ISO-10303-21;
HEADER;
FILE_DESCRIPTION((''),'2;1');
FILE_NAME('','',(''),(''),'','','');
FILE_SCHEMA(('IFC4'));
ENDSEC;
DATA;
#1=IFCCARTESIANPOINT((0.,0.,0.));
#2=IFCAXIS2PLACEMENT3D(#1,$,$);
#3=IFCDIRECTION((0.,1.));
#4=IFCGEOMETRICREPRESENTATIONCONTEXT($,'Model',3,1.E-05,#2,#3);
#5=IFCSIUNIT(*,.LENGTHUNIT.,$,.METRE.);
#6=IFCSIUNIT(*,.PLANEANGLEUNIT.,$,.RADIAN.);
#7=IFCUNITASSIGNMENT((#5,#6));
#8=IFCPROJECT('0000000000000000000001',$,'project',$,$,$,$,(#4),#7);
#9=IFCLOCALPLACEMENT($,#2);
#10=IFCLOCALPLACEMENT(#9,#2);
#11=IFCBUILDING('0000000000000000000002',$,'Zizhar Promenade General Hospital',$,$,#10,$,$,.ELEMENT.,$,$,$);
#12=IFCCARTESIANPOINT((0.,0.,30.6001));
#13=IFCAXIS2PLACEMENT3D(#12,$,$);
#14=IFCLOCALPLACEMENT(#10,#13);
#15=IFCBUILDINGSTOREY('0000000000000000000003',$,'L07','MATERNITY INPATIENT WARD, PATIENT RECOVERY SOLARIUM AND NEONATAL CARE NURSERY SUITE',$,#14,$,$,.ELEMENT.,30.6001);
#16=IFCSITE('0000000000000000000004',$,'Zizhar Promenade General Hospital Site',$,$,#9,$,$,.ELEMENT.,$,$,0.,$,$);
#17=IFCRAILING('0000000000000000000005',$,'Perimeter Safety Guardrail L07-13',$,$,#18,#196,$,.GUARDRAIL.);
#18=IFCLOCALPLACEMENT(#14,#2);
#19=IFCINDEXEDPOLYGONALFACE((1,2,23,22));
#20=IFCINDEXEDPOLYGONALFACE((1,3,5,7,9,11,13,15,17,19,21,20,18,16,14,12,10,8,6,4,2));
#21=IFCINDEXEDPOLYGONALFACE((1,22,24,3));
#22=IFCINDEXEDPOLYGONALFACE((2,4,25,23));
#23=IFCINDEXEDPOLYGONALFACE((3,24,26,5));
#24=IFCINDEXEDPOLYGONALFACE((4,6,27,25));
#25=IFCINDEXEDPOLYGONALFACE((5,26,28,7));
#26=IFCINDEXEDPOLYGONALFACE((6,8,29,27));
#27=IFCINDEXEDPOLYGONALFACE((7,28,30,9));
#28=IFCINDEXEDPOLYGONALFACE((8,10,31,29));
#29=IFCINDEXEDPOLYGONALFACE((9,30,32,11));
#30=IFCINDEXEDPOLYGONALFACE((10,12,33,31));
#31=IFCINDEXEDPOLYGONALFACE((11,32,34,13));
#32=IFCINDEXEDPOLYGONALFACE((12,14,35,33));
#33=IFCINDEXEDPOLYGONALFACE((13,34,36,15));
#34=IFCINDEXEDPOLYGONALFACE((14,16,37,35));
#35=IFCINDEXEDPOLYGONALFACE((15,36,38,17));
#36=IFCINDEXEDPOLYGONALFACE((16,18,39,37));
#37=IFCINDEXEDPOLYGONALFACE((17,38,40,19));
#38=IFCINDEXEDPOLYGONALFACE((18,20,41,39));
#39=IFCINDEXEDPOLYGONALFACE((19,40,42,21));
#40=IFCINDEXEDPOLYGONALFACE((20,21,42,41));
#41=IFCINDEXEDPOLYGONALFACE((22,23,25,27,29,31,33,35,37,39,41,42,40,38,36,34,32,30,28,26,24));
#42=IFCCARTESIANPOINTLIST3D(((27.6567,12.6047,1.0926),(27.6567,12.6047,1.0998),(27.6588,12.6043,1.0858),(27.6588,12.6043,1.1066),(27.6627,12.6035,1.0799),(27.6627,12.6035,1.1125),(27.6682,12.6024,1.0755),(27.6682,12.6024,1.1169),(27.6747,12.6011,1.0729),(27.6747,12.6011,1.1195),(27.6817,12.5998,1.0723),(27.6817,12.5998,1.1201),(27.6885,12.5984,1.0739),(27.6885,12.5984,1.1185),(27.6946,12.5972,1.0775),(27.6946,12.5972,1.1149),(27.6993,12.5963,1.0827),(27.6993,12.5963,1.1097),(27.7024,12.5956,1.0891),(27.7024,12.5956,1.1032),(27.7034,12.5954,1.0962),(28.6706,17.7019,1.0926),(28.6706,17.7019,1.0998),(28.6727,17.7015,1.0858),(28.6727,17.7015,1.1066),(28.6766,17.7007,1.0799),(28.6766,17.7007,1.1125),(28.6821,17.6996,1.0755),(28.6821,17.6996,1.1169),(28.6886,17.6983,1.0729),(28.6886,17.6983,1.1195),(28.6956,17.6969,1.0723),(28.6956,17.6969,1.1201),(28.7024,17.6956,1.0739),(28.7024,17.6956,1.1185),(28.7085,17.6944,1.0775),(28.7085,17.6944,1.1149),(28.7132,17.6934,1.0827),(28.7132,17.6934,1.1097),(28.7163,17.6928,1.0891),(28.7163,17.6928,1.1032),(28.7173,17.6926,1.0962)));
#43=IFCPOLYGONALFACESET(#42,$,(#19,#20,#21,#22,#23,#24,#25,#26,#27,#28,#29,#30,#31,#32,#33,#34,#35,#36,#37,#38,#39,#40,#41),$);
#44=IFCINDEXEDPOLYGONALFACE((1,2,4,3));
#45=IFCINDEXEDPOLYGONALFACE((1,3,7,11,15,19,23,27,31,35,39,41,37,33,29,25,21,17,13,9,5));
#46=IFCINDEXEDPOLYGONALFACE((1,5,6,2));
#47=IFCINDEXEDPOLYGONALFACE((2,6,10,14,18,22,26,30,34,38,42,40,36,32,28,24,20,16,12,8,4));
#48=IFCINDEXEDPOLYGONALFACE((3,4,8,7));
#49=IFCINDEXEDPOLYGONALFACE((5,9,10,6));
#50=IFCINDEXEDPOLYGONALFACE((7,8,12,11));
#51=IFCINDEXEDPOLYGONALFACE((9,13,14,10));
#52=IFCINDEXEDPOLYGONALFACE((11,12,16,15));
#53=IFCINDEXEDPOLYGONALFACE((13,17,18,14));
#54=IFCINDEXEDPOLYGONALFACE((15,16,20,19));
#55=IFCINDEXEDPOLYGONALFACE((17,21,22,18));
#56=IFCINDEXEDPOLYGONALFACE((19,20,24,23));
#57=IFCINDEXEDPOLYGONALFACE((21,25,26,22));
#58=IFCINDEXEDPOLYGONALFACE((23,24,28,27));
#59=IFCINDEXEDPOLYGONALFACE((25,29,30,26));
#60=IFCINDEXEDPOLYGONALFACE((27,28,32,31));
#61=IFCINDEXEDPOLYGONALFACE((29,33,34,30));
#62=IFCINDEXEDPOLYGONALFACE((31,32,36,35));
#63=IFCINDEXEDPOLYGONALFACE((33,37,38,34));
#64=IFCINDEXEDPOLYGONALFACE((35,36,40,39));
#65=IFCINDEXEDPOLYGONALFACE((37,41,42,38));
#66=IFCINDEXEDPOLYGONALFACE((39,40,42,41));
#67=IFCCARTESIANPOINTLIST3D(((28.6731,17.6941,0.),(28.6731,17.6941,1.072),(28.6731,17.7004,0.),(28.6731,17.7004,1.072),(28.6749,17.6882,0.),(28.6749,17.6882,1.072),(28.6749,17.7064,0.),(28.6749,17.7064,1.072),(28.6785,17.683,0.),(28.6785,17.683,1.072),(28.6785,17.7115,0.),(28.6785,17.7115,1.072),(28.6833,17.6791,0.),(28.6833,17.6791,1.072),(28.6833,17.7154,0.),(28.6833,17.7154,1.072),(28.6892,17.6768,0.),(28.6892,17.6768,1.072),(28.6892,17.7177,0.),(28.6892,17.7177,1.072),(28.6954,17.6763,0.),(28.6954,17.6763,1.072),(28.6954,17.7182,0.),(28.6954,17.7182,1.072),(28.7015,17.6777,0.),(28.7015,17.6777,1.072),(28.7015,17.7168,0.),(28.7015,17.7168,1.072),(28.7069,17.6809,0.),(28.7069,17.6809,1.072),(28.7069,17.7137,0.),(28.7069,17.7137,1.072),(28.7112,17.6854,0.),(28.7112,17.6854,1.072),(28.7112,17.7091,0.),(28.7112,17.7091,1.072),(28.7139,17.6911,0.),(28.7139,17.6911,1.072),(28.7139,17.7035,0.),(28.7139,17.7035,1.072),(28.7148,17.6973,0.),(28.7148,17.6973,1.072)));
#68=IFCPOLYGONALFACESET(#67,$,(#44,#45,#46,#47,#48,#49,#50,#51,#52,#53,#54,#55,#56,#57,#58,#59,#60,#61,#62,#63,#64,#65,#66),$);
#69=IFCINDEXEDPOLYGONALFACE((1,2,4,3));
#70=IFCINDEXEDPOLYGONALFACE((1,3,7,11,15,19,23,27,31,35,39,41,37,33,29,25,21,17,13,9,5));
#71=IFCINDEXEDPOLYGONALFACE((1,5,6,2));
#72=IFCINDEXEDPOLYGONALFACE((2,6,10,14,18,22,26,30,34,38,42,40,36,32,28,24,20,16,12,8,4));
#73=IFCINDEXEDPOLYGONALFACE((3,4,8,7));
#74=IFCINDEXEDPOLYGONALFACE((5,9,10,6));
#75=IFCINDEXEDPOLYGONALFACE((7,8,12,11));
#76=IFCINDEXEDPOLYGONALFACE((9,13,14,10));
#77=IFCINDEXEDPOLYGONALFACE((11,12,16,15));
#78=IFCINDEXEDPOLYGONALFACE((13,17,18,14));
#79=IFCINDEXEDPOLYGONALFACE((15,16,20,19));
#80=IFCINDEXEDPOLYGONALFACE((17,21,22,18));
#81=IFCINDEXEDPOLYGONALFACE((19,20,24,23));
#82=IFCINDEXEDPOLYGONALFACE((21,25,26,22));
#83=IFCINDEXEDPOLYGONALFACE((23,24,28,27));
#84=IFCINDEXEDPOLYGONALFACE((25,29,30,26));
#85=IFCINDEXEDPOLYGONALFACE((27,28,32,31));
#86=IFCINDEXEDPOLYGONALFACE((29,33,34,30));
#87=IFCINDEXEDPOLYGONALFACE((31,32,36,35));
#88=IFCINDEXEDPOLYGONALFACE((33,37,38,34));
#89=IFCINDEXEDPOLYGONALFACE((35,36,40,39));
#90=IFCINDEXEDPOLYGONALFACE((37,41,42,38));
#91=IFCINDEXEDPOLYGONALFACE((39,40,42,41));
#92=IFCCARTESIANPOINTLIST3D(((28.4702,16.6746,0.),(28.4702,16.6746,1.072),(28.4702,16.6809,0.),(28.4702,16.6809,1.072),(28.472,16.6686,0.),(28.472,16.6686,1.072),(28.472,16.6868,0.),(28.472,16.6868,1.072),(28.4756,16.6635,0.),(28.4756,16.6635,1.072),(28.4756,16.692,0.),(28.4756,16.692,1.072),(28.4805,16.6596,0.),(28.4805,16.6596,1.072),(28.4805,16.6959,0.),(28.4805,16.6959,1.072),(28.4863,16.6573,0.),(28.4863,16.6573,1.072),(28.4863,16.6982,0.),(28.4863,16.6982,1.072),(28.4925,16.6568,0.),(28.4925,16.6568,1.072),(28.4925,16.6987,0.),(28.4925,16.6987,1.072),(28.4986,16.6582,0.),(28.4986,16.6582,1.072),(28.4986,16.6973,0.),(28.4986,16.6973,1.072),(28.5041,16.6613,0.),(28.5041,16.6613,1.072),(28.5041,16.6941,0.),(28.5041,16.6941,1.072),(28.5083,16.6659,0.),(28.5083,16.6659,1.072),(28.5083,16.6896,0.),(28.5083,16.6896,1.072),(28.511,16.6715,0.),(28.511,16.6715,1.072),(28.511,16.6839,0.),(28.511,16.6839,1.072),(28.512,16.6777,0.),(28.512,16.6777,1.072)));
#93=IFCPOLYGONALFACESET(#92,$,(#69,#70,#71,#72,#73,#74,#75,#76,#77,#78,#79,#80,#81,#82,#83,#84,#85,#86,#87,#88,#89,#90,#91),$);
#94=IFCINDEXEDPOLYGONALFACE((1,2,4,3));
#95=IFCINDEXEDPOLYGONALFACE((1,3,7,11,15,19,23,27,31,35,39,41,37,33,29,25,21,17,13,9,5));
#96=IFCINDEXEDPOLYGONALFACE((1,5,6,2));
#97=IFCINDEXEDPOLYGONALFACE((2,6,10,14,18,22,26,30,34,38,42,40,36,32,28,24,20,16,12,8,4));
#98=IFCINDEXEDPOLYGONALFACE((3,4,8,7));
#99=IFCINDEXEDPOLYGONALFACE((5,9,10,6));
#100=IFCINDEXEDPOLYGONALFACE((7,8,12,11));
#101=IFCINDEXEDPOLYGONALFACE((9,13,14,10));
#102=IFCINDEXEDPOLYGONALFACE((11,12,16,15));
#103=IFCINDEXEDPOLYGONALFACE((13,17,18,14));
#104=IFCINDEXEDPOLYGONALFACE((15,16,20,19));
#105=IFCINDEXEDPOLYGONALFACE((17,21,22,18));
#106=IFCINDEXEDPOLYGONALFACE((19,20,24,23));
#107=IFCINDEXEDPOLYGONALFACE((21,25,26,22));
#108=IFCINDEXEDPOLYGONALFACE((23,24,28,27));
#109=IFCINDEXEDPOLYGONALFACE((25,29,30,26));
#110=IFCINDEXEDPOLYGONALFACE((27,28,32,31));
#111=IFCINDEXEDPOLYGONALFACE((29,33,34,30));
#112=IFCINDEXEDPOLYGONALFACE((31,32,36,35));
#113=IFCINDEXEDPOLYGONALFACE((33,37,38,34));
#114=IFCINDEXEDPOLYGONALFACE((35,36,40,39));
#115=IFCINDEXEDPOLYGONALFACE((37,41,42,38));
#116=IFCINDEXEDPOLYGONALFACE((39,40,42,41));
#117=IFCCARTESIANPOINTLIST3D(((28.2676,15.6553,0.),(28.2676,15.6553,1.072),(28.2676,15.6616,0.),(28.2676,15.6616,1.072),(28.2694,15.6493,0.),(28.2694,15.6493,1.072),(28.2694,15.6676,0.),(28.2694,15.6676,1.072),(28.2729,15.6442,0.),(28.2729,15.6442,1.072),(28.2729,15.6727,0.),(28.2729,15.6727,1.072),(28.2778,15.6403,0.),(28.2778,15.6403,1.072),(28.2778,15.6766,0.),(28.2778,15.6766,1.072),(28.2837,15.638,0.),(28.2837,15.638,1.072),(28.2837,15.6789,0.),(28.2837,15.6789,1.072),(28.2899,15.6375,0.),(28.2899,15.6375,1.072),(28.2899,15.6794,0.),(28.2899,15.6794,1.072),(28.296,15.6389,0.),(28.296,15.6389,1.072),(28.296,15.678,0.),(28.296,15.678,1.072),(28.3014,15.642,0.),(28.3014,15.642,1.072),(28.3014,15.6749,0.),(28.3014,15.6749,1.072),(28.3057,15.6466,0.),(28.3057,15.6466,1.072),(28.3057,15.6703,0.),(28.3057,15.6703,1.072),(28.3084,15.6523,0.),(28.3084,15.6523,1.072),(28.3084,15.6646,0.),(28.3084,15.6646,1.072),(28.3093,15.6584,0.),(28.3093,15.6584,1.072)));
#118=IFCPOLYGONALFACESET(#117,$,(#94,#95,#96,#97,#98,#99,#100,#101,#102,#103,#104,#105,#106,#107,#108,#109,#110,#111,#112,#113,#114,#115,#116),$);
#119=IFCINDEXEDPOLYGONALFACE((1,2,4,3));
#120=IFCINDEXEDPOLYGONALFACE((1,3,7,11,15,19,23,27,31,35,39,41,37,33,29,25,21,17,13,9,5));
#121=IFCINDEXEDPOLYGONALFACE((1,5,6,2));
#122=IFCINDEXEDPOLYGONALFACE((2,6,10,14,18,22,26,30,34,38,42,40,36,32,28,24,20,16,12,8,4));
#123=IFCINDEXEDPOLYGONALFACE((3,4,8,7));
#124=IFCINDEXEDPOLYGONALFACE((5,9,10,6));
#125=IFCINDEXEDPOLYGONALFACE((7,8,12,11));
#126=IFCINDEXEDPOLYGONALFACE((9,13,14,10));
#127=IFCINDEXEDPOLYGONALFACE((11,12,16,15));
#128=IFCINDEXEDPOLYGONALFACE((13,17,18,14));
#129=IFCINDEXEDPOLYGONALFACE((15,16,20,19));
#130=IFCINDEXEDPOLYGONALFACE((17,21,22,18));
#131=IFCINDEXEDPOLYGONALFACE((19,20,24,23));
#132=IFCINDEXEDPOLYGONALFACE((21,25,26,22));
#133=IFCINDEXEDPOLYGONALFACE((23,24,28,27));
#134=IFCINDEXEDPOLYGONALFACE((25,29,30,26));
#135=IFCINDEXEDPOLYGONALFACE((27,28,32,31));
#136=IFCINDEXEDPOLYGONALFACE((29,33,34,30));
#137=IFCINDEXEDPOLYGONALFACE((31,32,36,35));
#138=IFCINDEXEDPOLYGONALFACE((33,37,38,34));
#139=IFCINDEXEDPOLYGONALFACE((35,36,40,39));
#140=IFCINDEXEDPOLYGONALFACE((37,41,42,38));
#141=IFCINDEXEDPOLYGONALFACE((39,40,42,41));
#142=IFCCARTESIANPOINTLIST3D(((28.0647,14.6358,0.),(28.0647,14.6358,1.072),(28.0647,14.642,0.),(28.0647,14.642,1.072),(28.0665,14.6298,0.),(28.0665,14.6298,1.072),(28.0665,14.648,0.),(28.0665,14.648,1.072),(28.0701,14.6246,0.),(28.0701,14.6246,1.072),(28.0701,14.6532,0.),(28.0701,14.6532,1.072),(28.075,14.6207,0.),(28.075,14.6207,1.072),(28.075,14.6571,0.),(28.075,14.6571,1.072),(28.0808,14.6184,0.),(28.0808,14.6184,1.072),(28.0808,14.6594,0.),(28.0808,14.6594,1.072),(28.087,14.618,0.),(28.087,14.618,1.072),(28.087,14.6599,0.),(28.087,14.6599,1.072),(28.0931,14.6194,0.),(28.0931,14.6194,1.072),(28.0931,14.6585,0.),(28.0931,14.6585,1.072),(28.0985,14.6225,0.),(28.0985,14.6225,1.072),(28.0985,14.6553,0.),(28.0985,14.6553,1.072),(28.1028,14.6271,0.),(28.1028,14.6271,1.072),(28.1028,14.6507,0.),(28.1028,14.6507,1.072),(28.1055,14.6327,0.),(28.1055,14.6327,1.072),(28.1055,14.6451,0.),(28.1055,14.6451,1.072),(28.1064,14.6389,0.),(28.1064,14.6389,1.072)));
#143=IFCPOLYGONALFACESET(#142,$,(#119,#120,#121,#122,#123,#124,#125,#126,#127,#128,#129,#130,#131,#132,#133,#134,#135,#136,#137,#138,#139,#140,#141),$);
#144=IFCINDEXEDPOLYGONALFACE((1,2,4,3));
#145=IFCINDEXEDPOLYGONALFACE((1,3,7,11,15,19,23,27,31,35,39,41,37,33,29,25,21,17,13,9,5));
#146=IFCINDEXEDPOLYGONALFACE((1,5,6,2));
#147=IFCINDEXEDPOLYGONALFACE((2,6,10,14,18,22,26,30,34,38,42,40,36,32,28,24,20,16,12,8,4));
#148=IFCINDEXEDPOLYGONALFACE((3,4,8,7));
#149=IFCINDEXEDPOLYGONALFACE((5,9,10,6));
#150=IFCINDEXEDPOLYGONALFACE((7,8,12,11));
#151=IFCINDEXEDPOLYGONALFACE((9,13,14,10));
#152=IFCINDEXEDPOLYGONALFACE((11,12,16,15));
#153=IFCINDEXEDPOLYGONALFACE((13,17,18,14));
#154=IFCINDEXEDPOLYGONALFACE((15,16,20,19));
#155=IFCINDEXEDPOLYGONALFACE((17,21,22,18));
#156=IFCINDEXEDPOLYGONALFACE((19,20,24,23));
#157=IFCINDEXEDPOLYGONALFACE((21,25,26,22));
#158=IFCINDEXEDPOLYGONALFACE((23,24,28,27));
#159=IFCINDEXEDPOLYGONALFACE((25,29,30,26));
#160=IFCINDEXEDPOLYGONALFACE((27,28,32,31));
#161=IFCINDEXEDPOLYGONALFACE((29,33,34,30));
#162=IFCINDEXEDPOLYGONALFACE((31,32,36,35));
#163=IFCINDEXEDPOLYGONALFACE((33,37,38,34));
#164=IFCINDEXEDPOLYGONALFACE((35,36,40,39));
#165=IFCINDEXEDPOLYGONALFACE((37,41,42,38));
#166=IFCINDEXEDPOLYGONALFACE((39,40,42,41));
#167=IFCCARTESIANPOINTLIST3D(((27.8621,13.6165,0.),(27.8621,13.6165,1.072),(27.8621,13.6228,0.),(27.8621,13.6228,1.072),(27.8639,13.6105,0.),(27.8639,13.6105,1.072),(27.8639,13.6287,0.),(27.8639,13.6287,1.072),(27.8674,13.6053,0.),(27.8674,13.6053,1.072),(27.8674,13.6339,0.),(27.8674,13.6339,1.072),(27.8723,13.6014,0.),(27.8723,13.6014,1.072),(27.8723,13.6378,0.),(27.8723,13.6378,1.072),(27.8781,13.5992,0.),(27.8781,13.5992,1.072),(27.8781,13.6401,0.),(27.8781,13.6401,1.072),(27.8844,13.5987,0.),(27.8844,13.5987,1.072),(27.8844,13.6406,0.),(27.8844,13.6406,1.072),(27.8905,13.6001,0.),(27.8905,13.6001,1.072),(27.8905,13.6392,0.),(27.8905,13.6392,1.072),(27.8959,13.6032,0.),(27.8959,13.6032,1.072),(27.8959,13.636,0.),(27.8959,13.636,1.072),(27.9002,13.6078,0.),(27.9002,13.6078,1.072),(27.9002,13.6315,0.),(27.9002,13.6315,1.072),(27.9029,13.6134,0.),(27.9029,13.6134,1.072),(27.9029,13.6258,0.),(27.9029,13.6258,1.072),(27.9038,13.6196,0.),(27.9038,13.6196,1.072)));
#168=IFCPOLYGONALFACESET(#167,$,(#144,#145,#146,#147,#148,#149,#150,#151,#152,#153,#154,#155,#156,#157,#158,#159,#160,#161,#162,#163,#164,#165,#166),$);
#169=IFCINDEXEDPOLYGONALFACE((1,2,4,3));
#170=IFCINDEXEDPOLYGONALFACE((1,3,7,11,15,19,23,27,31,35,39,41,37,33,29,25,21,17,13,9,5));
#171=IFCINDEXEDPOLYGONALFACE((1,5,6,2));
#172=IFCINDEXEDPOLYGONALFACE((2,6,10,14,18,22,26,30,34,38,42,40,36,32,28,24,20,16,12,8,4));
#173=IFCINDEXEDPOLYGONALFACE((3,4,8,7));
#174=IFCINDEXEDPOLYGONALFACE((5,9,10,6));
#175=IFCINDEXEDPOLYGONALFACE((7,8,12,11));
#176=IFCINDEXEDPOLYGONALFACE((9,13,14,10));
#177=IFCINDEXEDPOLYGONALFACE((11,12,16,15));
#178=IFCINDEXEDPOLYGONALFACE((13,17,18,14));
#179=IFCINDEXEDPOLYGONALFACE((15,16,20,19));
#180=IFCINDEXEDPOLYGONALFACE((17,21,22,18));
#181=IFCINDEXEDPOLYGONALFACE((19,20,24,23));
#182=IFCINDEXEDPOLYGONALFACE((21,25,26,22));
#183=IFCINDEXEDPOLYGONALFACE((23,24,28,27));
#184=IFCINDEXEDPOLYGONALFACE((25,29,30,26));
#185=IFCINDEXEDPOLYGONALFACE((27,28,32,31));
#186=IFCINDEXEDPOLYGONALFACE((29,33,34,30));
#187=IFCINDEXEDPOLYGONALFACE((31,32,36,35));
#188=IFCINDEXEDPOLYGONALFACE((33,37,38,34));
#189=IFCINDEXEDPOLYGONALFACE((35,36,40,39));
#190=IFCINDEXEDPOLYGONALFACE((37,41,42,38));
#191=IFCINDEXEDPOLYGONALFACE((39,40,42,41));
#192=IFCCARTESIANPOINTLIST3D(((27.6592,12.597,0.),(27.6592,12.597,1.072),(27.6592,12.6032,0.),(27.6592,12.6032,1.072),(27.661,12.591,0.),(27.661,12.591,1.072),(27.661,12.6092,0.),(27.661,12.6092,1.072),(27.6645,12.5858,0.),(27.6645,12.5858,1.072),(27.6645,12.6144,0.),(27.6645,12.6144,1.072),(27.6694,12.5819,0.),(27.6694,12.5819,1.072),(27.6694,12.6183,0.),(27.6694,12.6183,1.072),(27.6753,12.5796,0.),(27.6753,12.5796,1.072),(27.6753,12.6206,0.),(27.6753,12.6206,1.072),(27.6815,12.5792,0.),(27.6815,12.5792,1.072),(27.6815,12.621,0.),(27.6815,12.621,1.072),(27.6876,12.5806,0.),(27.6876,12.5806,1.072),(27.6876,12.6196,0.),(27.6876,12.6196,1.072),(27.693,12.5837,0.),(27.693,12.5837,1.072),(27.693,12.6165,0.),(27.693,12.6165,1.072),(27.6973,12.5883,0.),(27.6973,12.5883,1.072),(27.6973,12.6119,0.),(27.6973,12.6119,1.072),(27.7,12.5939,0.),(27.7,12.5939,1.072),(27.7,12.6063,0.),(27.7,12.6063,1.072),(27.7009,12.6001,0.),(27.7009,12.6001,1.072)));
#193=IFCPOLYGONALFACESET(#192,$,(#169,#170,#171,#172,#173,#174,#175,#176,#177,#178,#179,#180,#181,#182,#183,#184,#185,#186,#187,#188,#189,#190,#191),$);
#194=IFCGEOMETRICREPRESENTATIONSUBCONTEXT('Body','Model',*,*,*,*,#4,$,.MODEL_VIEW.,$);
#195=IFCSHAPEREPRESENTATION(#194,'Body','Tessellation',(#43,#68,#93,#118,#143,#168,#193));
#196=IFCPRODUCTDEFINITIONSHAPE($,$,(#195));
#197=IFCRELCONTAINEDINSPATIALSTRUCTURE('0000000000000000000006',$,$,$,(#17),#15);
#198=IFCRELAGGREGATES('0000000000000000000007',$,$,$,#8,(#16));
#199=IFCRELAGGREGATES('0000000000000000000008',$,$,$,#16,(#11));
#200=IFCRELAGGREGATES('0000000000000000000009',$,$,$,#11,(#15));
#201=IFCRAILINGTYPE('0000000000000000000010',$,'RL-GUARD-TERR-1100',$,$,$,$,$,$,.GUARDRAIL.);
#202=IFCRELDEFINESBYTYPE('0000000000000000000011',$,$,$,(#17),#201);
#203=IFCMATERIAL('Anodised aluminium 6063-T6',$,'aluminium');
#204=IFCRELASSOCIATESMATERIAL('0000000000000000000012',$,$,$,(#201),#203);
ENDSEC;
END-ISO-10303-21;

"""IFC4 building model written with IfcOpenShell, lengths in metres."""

from ifc_helpers import new_model, si_unit, direction, frame, origin, origin_2d, place, context, subcontext, project, spatial, circle, hollow_circle, extrude, material, material_profile, profile_set, type_object, element, save


model = new_model("IFC4")

# Units and contexts
model_context = context("Model", 3, precision=1e-05, world=origin(), true_north=direction((0.0, 1.0)))
body_context = subcontext(model_context, "Body", "Model", "MODEL_VIEW")
ifc_project = project(units=[si_unit("LENGTHUNIT", "METRE"), si_unit("PLANEANGLEUNIT", "RADIAN")], contexts=[model_context])

# Site, building, storey
site_placement = place(None, origin())
site = spatial("IfcSite", under=ifc_project, at=site_placement, Name="Zizhar Promenade General Hospital Site", CompositionType="ELEMENT", RefElevation=0.0)
building_placement = place(site_placement, origin())
building = spatial("IfcBuilding", under=site, at=building_placement, Name="Zizhar Promenade General Hospital", CompositionType="ELEMENT")
storey_placement = place(building_placement, frame((0.0, 0.0, 30.6001)))
storey = spatial("IfcBuildingStorey", under=building, at=storey_placement, Name="L07", Description="MATERNITY INPATIENT WARD, PATIENT RECOVERY SOLARIUM AND NEONATAL CARE NURSERY SUITE", CompositionType="ELEMENT", Elevation=30.6001)

# Railing
ifc_material_1 = material(Name="Anodised aluminium 6063-T6", Category="aluminium")
ifc_material_profile_1 = material_profile(ifc_material_1, hollow_circle(Radius=0.0698, WallThickness=0.0063, at=origin_2d()))
ifc_profile_set_1 = profile_set([ifc_material_profile_1], Name="Anodised aluminium 6063-T6")
railing_type = type_object("IfcRailingType", Name="RL-GUARD-TERR-1100", PredefinedType="GUARDRAIL", material=ifc_profile_set_1)
railing_1_placement = place(storey_placement, frame((28.6938, 17.6973, 0.0)))
element("IfcRailing", 1, at=railing_1_placement, inside=storey, type_object=railing_type, Name="Perimeter Safety Guardrail L07-13", PredefinedType="GUARDRAIL", context=body_context, shape_type="SweptSolid", body=[
    extrude(circle(Radius=0.0239, at=origin_2d()), frame((0.0, 0.0, 1.0962), z_axis=(-0.195095, -0.980784, 0.0), x_axis=(0.980784, -0.195095, 0.0)), (0.0, 0.0, 1.0), 5.197),
    extrude(circle(Radius=0.021, at=origin_2d()), origin(), (0.0, 0.0, 1.0), 1.072),
    extrude(circle(Radius=0.021, at=origin_2d()), frame((-0.2029, -1.0195, 0.0)), (0.0, 0.0, 1.0), 1.072),
    extrude(circle(Radius=0.021, at=origin_2d()), frame((-0.4055, -2.0388, 0.0)), (0.0, 0.0, 1.0), 1.072),
    extrude(circle(Radius=0.021, at=origin_2d()), frame((-0.6084, -3.0583, 0.0)), (0.0, 0.0, 1.0), 1.072),
    extrude(circle(Radius=0.021, at=origin_2d()), frame((-0.811, -4.0776, 0.0)), (0.0, 0.0, 1.0), 1.072),
    extrude(circle(Radius=0.021, at=origin_2d()), frame((-1.0139, -5.0972, 0.0)), (0.0, 0.0, 1.0), 1.072),
])

save(model, "model.ifc")
